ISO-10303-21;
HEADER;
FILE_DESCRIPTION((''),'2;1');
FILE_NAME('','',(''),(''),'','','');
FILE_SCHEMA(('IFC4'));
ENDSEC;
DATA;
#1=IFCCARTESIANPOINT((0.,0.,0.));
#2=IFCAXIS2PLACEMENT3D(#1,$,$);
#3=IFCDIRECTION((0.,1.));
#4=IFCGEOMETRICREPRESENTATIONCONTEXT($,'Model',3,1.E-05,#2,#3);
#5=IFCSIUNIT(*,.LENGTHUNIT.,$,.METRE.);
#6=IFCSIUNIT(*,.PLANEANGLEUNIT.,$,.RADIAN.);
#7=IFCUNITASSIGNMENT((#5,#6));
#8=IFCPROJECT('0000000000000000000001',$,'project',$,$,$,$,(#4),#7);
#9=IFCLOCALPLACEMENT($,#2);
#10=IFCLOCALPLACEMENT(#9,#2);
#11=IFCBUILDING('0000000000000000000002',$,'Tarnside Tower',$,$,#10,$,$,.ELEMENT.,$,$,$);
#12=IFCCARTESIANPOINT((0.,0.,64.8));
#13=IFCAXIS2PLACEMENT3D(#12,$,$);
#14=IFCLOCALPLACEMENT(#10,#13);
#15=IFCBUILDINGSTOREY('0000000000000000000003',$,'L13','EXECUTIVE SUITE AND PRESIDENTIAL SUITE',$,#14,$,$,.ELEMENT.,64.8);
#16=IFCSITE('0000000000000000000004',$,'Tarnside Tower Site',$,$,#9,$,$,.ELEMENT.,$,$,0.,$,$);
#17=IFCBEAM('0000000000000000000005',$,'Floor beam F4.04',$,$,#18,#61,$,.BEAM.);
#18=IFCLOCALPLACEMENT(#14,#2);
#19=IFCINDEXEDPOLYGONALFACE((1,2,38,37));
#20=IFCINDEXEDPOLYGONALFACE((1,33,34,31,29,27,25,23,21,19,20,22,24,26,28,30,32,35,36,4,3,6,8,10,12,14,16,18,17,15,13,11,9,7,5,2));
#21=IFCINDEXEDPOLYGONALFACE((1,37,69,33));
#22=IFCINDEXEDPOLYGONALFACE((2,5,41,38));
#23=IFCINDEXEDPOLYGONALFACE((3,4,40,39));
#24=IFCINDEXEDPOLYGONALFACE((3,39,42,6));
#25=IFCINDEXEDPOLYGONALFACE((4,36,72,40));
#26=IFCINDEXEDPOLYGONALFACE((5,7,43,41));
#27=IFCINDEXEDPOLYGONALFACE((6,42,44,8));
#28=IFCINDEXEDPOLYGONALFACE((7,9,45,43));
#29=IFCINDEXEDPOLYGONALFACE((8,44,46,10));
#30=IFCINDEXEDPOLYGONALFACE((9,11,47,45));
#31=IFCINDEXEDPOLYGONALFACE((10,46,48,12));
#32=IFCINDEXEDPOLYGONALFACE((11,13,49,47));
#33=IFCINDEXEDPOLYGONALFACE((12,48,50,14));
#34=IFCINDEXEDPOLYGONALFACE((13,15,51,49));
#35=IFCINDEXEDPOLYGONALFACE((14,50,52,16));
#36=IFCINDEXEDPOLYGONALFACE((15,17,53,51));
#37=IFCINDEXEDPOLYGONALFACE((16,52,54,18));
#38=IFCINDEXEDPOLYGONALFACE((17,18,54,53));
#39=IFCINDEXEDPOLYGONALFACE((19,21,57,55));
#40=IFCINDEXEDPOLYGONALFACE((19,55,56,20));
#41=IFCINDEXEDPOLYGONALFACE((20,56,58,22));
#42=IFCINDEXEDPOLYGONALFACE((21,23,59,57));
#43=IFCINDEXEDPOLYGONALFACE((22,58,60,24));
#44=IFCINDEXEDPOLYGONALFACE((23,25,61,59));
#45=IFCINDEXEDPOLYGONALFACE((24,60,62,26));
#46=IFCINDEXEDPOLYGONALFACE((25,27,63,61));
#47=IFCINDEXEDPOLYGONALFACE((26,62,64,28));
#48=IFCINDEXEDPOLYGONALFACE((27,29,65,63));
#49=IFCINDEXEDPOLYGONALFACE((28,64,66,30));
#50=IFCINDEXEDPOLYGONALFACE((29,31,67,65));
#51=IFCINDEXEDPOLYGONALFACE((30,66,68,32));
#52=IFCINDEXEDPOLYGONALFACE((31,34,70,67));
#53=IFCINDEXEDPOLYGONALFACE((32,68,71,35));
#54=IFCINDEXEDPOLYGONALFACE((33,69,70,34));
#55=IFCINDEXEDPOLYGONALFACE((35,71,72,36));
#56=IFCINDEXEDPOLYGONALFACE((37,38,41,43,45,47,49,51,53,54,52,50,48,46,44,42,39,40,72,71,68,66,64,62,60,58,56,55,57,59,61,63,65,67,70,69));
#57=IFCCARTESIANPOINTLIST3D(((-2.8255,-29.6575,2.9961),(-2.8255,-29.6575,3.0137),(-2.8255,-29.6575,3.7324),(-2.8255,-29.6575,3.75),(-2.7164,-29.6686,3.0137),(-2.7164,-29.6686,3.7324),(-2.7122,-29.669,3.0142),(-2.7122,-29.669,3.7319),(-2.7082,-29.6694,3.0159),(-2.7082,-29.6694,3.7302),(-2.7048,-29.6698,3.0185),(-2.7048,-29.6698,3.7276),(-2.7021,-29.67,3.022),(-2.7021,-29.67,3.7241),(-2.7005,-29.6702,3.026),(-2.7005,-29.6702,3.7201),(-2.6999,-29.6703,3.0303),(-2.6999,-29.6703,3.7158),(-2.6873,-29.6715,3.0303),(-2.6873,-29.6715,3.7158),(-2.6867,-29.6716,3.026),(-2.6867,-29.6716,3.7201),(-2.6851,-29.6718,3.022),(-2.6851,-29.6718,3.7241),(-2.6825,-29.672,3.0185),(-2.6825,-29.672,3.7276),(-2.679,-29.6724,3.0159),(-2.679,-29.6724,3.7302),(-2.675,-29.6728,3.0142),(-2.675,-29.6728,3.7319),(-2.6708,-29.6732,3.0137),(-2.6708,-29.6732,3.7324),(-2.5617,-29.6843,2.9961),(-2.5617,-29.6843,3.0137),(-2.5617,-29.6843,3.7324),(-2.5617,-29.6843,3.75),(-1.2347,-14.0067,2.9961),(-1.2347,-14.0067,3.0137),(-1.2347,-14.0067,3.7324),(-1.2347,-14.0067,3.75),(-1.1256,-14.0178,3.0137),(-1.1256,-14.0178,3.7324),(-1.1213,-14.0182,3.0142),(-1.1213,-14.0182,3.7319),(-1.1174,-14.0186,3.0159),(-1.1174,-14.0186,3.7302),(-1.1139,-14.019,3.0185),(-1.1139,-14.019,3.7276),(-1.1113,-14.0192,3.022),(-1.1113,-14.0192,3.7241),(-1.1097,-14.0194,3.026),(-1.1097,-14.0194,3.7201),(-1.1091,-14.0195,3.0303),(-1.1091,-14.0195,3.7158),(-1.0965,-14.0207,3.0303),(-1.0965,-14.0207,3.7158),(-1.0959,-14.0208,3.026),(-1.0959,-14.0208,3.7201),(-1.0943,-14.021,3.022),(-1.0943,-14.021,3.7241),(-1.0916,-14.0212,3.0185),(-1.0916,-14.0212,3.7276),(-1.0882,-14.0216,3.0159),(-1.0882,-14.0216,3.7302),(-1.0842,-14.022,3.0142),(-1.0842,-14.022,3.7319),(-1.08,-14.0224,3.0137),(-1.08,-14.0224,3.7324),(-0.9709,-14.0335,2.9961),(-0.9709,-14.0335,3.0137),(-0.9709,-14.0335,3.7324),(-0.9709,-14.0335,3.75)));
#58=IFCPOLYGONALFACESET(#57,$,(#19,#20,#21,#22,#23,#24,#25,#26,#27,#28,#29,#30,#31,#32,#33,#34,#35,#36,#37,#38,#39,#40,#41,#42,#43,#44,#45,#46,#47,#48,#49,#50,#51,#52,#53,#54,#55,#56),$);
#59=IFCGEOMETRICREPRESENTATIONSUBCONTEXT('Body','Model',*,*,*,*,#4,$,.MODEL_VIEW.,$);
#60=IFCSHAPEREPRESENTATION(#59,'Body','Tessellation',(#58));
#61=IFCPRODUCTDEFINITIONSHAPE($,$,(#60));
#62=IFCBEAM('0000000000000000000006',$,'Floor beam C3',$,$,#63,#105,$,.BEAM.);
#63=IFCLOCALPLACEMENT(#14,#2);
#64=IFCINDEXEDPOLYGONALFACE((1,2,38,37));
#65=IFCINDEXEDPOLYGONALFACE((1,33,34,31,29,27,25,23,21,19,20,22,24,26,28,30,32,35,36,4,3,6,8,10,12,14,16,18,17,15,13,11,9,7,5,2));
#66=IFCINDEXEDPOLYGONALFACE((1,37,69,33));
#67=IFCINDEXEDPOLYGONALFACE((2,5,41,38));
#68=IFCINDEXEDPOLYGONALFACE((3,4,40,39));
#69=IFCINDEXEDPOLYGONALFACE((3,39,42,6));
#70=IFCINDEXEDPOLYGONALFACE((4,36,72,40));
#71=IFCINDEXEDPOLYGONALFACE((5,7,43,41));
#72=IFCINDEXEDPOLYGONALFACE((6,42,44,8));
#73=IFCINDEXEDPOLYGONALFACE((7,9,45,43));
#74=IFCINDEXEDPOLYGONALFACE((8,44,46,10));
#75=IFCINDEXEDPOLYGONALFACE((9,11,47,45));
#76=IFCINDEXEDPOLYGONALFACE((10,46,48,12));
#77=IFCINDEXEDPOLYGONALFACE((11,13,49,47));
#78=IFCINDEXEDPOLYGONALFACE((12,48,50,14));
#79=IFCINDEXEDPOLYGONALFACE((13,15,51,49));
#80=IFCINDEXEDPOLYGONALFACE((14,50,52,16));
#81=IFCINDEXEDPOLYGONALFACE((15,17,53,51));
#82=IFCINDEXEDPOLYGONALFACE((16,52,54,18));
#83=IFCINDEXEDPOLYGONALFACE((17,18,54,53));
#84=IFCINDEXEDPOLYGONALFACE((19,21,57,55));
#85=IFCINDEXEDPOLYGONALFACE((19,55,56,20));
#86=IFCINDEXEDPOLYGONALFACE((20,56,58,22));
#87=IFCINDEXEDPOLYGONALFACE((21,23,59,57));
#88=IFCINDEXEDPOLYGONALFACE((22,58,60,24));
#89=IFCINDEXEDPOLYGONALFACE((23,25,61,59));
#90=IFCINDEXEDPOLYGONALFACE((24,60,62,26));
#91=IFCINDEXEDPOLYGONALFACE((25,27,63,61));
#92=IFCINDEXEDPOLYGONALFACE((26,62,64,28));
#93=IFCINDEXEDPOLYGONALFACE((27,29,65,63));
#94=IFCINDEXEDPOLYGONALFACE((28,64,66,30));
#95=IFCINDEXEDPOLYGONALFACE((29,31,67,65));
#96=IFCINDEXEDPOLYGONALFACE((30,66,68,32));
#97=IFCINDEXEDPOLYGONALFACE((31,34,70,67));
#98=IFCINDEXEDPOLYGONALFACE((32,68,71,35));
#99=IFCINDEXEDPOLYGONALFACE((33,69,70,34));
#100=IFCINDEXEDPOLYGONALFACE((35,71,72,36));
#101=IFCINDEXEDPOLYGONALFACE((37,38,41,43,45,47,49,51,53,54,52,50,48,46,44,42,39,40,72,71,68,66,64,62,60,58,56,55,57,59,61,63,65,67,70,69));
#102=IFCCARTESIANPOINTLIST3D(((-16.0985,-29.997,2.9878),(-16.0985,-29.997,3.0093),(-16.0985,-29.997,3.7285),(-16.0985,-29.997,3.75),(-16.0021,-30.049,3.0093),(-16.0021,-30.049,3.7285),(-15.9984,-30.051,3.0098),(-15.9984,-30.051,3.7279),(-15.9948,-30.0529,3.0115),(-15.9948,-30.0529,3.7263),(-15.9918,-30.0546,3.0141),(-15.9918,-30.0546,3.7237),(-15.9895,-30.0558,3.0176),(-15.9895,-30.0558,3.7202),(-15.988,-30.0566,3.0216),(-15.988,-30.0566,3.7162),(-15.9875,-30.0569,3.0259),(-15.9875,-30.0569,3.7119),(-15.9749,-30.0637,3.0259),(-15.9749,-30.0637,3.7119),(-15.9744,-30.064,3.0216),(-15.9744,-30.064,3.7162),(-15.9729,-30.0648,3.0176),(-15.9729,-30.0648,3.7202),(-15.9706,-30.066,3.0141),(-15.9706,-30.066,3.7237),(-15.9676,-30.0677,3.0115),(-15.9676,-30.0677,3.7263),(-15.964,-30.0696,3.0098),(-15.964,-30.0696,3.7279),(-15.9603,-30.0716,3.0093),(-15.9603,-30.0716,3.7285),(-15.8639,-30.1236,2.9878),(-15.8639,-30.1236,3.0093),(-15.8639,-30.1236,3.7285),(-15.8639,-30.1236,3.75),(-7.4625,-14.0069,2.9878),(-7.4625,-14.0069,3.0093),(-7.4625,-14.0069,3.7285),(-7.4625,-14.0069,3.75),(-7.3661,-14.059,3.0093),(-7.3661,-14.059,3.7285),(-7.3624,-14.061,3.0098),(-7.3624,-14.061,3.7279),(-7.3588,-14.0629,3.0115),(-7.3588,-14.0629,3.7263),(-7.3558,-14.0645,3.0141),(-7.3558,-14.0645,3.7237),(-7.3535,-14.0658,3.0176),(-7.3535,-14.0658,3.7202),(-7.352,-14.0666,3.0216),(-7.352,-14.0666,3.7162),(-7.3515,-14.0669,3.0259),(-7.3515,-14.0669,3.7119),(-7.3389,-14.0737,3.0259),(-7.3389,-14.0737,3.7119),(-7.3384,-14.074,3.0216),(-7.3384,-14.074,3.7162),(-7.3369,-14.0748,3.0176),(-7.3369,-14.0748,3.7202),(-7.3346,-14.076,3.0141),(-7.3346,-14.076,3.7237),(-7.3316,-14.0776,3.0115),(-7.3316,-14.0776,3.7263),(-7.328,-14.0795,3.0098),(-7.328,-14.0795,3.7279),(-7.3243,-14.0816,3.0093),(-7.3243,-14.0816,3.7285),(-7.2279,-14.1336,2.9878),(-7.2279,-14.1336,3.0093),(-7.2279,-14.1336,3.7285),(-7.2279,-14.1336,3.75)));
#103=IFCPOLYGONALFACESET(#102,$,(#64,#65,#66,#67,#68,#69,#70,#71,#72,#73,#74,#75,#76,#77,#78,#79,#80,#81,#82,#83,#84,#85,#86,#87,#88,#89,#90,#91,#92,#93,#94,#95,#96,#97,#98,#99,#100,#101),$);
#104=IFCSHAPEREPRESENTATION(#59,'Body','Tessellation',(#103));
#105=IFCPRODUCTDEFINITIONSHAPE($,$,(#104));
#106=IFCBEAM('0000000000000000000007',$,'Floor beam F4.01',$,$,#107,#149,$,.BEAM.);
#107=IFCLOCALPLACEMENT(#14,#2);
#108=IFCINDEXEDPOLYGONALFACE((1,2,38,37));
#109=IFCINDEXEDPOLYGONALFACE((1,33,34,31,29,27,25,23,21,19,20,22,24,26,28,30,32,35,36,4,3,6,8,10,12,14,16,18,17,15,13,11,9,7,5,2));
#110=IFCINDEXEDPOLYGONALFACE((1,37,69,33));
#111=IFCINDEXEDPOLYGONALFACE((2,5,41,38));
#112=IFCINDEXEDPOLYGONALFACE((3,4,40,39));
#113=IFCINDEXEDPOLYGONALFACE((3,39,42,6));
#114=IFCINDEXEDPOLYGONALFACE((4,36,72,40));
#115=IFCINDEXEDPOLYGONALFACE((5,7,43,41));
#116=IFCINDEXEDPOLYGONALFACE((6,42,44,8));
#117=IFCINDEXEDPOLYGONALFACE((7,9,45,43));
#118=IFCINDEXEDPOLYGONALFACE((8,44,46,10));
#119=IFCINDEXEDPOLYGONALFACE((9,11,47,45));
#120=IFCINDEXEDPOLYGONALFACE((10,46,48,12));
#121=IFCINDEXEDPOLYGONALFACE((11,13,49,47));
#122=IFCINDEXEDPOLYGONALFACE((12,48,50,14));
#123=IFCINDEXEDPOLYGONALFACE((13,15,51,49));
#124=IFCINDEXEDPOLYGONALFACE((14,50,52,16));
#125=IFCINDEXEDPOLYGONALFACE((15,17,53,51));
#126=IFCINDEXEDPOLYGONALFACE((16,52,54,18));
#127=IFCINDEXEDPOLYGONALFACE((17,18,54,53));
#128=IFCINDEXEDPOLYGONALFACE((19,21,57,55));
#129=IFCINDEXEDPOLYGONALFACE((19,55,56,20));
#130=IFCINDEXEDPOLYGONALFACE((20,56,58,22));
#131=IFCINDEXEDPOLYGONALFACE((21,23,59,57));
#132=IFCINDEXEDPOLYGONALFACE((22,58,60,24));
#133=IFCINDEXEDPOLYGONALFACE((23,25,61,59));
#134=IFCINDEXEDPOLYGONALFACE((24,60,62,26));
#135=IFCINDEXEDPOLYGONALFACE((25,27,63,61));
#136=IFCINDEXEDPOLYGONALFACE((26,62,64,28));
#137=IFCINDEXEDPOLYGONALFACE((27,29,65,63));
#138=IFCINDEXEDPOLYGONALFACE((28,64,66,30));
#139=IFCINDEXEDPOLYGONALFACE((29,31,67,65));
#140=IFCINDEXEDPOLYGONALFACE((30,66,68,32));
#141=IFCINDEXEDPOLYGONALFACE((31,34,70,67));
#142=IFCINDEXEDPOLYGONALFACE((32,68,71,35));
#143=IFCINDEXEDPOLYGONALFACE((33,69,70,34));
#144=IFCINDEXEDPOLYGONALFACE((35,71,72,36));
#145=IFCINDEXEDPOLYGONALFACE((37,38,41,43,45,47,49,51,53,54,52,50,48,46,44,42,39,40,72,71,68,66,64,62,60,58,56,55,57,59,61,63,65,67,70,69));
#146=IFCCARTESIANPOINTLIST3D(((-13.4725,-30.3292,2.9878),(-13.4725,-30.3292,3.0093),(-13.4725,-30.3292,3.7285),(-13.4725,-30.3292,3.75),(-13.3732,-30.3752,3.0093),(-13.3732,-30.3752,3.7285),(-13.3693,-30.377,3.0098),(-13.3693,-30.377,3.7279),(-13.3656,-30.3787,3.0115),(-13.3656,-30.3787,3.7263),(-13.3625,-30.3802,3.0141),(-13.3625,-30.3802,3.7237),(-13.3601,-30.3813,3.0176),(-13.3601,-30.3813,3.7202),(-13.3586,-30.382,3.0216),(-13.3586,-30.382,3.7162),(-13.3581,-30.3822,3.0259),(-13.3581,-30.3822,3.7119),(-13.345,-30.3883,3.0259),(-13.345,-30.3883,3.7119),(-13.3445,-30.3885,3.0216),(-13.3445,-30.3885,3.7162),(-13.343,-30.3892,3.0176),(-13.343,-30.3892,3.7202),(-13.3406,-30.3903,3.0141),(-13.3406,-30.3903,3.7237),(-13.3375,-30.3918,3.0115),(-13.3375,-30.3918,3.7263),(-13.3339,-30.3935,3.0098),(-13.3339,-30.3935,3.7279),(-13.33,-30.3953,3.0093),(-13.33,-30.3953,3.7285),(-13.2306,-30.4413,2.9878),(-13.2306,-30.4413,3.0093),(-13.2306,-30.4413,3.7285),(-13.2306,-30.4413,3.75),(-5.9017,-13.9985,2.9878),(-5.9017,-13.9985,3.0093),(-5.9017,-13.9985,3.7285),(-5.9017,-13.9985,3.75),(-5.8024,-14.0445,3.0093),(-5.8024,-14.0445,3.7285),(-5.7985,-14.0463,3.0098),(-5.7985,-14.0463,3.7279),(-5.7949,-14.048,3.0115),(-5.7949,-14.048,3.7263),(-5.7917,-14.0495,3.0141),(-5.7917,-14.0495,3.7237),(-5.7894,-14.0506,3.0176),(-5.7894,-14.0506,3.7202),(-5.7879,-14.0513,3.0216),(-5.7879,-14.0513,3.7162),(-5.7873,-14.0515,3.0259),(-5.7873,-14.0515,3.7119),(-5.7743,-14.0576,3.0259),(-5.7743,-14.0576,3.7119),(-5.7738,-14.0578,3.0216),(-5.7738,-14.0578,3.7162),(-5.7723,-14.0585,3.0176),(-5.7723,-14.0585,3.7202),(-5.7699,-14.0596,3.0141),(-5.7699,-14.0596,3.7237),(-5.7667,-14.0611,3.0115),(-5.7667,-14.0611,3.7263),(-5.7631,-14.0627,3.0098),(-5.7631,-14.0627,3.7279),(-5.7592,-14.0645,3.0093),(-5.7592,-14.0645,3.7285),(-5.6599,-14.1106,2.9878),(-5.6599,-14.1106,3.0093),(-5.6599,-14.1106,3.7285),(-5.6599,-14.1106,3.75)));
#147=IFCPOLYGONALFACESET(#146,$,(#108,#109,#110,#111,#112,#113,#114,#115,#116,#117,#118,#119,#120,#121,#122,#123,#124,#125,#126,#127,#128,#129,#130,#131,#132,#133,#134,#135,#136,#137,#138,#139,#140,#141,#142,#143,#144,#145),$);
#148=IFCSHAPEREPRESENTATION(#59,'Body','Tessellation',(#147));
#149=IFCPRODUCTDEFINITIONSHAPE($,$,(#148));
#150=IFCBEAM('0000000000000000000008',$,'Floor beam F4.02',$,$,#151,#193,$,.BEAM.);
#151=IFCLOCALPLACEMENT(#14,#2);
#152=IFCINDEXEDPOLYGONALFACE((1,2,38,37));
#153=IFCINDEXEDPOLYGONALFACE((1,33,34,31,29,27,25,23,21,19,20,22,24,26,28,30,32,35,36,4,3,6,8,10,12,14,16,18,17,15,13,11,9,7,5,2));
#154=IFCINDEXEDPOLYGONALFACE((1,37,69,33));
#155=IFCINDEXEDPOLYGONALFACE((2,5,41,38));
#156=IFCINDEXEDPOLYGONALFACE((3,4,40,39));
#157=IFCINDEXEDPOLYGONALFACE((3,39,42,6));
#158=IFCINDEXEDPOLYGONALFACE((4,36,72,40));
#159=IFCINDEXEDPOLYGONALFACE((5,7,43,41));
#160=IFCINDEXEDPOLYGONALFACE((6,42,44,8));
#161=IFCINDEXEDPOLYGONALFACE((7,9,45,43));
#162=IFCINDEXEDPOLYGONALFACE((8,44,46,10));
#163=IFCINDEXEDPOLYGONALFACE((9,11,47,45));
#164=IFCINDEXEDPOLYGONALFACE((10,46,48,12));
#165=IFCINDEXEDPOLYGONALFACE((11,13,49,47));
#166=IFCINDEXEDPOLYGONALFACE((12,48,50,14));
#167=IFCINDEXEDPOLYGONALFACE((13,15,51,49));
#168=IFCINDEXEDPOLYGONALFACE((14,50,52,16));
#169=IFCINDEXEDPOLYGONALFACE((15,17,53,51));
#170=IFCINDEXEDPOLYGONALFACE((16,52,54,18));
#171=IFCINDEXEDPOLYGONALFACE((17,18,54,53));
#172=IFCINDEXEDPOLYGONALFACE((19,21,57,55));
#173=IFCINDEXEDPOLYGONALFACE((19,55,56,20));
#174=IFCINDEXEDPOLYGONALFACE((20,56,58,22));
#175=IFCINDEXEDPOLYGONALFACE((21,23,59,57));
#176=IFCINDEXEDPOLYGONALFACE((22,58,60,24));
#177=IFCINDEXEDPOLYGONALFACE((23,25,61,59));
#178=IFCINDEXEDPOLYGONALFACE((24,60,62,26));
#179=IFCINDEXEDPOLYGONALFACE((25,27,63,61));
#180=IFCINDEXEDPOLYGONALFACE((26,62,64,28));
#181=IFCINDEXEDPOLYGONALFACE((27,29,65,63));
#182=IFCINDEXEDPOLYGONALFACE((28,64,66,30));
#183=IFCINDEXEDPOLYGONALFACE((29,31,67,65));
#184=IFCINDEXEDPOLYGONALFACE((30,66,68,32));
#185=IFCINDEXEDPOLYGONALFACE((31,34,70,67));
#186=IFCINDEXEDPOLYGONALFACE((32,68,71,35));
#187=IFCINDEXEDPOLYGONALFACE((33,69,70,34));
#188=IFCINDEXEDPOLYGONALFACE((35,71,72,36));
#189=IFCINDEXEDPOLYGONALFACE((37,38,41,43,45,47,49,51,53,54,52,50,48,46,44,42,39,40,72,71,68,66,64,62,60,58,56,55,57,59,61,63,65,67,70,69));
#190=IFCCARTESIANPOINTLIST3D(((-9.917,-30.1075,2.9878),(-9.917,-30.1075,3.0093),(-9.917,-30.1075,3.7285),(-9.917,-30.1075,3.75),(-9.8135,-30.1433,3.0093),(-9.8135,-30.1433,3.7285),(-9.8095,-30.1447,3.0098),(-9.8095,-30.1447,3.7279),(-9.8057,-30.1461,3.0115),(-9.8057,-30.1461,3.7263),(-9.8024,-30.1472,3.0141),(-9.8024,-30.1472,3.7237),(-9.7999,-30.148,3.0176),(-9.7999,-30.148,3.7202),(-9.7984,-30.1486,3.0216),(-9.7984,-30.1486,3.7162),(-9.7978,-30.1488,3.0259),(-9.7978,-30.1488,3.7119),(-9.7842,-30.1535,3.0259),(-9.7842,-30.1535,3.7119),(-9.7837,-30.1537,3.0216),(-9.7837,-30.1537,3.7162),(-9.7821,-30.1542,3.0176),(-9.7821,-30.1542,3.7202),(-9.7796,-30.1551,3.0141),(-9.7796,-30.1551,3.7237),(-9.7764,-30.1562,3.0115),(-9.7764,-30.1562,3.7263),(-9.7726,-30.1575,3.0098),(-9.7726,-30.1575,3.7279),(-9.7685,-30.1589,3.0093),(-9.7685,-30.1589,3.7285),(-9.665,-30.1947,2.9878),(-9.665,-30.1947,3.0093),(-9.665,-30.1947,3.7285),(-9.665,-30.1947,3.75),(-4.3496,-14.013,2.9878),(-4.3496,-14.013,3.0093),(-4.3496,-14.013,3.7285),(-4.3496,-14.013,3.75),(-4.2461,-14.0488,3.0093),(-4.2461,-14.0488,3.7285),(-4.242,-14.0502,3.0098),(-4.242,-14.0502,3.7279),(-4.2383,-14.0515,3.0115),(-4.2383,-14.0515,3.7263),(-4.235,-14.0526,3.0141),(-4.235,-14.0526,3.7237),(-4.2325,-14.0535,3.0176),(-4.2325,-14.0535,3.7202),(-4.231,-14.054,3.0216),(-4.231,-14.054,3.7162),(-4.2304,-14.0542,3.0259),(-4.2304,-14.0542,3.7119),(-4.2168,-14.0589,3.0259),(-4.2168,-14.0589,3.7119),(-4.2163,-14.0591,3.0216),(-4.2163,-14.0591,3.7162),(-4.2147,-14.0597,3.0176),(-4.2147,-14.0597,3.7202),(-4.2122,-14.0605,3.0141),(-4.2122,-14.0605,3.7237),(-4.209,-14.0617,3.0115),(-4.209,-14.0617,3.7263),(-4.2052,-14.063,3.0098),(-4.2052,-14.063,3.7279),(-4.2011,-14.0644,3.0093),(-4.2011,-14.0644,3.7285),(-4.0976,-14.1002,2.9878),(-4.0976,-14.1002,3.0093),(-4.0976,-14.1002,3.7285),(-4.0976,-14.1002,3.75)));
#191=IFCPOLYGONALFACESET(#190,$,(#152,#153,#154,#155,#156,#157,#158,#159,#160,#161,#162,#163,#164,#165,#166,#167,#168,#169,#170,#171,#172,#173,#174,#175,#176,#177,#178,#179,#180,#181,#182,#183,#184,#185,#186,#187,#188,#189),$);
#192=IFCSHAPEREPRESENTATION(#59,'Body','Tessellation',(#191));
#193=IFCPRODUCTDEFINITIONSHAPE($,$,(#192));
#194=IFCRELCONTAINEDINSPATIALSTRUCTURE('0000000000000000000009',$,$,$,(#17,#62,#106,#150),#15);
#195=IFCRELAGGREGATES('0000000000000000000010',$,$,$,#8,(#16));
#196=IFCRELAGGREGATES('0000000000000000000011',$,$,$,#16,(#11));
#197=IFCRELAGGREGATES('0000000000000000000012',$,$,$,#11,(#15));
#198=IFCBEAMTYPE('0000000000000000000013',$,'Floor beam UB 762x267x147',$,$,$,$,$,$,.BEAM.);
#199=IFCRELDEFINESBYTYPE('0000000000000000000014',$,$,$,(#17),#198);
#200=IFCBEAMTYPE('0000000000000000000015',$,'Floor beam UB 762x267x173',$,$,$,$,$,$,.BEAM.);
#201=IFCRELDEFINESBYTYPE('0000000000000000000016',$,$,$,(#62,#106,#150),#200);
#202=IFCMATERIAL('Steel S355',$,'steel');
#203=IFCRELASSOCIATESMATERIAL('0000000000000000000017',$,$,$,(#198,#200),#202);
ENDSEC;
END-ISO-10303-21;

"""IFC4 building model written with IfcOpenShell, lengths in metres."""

from ifc_helpers import new_model, si_unit, direction, frame, origin, origin_2d, place, context, subcontext, project, spatial, i_section, extrude, material, material_profile, profile_set, type_object, element, save


model = new_model("IFC4")

# Units and contexts
model_context = context("Model", 3, precision=1e-05, world=origin(), true_north=direction((0.0, 1.0)))
body_context = subcontext(model_context, "Body", "Model", "MODEL_VIEW")
ifc_project = project(units=[si_unit("LENGTHUNIT", "METRE"), si_unit("PLANEANGLEUNIT", "RADIAN")], contexts=[model_context])

# Site, building, storey
site_placement = place(None, origin())
site = spatial("IfcSite", under=ifc_project, at=site_placement, Name="Tarnside Tower Site", CompositionType="ELEMENT", RefElevation=0.0)
building_placement = place(site_placement, origin())
building = spatial("IfcBuilding", under=site, at=building_placement, Name="Tarnside Tower", CompositionType="ELEMENT")
storey_placement = place(building_placement, frame((0.0, 0.0, 64.8)))
storey = spatial("IfcBuildingStorey", under=building, at=storey_placement, Name="L13", Description="EXECUTIVE SUITE AND PRESIDENTIAL SUITE", CompositionType="ELEMENT", Elevation=64.8)

# Beams
ifc_material_1 = material(Name="Steel S355", Category="steel")
ifc_material_profile_1 = material_profile(ifc_material_1, i_section(OverallWidth=0.2651, OverallDepth=0.7539, WebThickness=0.0127, FlangeThickness=0.0176, FilletRadius=0.0166, at=origin_2d()), Name="UB 762x267x147")
ifc_profile_set_1 = profile_set([ifc_material_profile_1], Name="Steel S355")
beam_type_1 = type_object("IfcBeamType", Name="Floor beam UB 762x267x147", PredefinedType="BEAM", material=ifc_profile_set_1)
beam_1_placement = place(storey_placement, frame((-2.6936, -29.6709, 3.373), z_axis=(0.101123, 0.994874, 0.0), x_axis=(-0.994874, 0.101123, 0.0)))
element("IfcBeam", 1, at=beam_1_placement, inside=storey, type_object=beam_type_1, Name="Floor beam F4.04", PredefinedType="BEAM", context=body_context, shape_type="SweptSolid", body=[
    extrude(i_section(OverallWidth=0.2651, OverallDepth=0.7539, WebThickness=0.0127, FlangeThickness=0.0176, FilletRadius=0.0166, at=origin_2d()), origin(), (0.0, 0.0, 1.0), 15.7314),
])
ifc_material_profile_2 = material_profile(ifc_material_1, i_section(OverallWidth=0.2666, OverallDepth=0.7622, WebThickness=0.0144, FlangeThickness=0.0215, FilletRadius=0.0166, at=origin_2d()), Name="UB 762x267x173")
ifc_profile_set_2 = profile_set([ifc_material_profile_2], Name="Steel S355")
beam_type_2 = type_object("IfcBeamType", Name="Floor beam UB 762x267x173", PredefinedType="BEAM", material=ifc_profile_set_2)
beam_2_placement = place(storey_placement, frame((-15.9812, -30.0603, 3.3689), z_axis=(0.475208, 0.879873, 0.0), x_axis=(-0.879873, 0.475208, 0.0)))
element("IfcBeam", 2, at=beam_2_placement, inside=storey, type_object=beam_type_2, Name="Floor beam C3", PredefinedType="BEAM", context=body_context, shape_type="SweptSolid", body=[
    extrude(i_section(OverallWidth=0.2666, OverallDepth=0.7622, WebThickness=0.0144, FlangeThickness=0.0215, FilletRadius=0.0166, at=origin_2d()), origin(), (0.0, 0.0, 1.0), 18.1731),
])
beam_3_placement = place(storey_placement, frame((-13.3516, -30.3853, 3.3689), z_axis=(0.420592, 0.90725, 0.0), x_axis=(-0.90725, 0.420592, 0.0)))
element("IfcBeam", 3, at=beam_3_placement, inside=storey, type_object=beam_type_2, Name="Floor beam F4.01", PredefinedType="BEAM", context=body_context, shape_type="SweptSolid", body=[
    extrude(i_section(OverallWidth=0.2666, OverallDepth=0.7622, WebThickness=0.0144, FlangeThickness=0.0215, FilletRadius=0.0166, at=origin_2d()), origin(), (0.0, 0.0, 1.0), 18.0002),
])
beam_4_placement = place(storey_placement, frame((-9.791, -30.1511, 3.3689), z_axis=(0.326912, 0.945055, 0.0), x_axis=(-0.945055, 0.326912, 0.0)))
element("IfcBeam", 4, at=beam_4_placement, inside=storey, type_object=beam_type_2, Name="Floor beam F4.02", PredefinedType="BEAM", context=body_context, shape_type="SweptSolid", body=[
    extrude(i_section(OverallWidth=0.2666, OverallDepth=0.7622, WebThickness=0.0144, FlangeThickness=0.0215, FilletRadius=0.0166, at=origin_2d()), origin(), (0.0, 0.0, 1.0), 17.0303),
])

save(model, "model.ifc")
